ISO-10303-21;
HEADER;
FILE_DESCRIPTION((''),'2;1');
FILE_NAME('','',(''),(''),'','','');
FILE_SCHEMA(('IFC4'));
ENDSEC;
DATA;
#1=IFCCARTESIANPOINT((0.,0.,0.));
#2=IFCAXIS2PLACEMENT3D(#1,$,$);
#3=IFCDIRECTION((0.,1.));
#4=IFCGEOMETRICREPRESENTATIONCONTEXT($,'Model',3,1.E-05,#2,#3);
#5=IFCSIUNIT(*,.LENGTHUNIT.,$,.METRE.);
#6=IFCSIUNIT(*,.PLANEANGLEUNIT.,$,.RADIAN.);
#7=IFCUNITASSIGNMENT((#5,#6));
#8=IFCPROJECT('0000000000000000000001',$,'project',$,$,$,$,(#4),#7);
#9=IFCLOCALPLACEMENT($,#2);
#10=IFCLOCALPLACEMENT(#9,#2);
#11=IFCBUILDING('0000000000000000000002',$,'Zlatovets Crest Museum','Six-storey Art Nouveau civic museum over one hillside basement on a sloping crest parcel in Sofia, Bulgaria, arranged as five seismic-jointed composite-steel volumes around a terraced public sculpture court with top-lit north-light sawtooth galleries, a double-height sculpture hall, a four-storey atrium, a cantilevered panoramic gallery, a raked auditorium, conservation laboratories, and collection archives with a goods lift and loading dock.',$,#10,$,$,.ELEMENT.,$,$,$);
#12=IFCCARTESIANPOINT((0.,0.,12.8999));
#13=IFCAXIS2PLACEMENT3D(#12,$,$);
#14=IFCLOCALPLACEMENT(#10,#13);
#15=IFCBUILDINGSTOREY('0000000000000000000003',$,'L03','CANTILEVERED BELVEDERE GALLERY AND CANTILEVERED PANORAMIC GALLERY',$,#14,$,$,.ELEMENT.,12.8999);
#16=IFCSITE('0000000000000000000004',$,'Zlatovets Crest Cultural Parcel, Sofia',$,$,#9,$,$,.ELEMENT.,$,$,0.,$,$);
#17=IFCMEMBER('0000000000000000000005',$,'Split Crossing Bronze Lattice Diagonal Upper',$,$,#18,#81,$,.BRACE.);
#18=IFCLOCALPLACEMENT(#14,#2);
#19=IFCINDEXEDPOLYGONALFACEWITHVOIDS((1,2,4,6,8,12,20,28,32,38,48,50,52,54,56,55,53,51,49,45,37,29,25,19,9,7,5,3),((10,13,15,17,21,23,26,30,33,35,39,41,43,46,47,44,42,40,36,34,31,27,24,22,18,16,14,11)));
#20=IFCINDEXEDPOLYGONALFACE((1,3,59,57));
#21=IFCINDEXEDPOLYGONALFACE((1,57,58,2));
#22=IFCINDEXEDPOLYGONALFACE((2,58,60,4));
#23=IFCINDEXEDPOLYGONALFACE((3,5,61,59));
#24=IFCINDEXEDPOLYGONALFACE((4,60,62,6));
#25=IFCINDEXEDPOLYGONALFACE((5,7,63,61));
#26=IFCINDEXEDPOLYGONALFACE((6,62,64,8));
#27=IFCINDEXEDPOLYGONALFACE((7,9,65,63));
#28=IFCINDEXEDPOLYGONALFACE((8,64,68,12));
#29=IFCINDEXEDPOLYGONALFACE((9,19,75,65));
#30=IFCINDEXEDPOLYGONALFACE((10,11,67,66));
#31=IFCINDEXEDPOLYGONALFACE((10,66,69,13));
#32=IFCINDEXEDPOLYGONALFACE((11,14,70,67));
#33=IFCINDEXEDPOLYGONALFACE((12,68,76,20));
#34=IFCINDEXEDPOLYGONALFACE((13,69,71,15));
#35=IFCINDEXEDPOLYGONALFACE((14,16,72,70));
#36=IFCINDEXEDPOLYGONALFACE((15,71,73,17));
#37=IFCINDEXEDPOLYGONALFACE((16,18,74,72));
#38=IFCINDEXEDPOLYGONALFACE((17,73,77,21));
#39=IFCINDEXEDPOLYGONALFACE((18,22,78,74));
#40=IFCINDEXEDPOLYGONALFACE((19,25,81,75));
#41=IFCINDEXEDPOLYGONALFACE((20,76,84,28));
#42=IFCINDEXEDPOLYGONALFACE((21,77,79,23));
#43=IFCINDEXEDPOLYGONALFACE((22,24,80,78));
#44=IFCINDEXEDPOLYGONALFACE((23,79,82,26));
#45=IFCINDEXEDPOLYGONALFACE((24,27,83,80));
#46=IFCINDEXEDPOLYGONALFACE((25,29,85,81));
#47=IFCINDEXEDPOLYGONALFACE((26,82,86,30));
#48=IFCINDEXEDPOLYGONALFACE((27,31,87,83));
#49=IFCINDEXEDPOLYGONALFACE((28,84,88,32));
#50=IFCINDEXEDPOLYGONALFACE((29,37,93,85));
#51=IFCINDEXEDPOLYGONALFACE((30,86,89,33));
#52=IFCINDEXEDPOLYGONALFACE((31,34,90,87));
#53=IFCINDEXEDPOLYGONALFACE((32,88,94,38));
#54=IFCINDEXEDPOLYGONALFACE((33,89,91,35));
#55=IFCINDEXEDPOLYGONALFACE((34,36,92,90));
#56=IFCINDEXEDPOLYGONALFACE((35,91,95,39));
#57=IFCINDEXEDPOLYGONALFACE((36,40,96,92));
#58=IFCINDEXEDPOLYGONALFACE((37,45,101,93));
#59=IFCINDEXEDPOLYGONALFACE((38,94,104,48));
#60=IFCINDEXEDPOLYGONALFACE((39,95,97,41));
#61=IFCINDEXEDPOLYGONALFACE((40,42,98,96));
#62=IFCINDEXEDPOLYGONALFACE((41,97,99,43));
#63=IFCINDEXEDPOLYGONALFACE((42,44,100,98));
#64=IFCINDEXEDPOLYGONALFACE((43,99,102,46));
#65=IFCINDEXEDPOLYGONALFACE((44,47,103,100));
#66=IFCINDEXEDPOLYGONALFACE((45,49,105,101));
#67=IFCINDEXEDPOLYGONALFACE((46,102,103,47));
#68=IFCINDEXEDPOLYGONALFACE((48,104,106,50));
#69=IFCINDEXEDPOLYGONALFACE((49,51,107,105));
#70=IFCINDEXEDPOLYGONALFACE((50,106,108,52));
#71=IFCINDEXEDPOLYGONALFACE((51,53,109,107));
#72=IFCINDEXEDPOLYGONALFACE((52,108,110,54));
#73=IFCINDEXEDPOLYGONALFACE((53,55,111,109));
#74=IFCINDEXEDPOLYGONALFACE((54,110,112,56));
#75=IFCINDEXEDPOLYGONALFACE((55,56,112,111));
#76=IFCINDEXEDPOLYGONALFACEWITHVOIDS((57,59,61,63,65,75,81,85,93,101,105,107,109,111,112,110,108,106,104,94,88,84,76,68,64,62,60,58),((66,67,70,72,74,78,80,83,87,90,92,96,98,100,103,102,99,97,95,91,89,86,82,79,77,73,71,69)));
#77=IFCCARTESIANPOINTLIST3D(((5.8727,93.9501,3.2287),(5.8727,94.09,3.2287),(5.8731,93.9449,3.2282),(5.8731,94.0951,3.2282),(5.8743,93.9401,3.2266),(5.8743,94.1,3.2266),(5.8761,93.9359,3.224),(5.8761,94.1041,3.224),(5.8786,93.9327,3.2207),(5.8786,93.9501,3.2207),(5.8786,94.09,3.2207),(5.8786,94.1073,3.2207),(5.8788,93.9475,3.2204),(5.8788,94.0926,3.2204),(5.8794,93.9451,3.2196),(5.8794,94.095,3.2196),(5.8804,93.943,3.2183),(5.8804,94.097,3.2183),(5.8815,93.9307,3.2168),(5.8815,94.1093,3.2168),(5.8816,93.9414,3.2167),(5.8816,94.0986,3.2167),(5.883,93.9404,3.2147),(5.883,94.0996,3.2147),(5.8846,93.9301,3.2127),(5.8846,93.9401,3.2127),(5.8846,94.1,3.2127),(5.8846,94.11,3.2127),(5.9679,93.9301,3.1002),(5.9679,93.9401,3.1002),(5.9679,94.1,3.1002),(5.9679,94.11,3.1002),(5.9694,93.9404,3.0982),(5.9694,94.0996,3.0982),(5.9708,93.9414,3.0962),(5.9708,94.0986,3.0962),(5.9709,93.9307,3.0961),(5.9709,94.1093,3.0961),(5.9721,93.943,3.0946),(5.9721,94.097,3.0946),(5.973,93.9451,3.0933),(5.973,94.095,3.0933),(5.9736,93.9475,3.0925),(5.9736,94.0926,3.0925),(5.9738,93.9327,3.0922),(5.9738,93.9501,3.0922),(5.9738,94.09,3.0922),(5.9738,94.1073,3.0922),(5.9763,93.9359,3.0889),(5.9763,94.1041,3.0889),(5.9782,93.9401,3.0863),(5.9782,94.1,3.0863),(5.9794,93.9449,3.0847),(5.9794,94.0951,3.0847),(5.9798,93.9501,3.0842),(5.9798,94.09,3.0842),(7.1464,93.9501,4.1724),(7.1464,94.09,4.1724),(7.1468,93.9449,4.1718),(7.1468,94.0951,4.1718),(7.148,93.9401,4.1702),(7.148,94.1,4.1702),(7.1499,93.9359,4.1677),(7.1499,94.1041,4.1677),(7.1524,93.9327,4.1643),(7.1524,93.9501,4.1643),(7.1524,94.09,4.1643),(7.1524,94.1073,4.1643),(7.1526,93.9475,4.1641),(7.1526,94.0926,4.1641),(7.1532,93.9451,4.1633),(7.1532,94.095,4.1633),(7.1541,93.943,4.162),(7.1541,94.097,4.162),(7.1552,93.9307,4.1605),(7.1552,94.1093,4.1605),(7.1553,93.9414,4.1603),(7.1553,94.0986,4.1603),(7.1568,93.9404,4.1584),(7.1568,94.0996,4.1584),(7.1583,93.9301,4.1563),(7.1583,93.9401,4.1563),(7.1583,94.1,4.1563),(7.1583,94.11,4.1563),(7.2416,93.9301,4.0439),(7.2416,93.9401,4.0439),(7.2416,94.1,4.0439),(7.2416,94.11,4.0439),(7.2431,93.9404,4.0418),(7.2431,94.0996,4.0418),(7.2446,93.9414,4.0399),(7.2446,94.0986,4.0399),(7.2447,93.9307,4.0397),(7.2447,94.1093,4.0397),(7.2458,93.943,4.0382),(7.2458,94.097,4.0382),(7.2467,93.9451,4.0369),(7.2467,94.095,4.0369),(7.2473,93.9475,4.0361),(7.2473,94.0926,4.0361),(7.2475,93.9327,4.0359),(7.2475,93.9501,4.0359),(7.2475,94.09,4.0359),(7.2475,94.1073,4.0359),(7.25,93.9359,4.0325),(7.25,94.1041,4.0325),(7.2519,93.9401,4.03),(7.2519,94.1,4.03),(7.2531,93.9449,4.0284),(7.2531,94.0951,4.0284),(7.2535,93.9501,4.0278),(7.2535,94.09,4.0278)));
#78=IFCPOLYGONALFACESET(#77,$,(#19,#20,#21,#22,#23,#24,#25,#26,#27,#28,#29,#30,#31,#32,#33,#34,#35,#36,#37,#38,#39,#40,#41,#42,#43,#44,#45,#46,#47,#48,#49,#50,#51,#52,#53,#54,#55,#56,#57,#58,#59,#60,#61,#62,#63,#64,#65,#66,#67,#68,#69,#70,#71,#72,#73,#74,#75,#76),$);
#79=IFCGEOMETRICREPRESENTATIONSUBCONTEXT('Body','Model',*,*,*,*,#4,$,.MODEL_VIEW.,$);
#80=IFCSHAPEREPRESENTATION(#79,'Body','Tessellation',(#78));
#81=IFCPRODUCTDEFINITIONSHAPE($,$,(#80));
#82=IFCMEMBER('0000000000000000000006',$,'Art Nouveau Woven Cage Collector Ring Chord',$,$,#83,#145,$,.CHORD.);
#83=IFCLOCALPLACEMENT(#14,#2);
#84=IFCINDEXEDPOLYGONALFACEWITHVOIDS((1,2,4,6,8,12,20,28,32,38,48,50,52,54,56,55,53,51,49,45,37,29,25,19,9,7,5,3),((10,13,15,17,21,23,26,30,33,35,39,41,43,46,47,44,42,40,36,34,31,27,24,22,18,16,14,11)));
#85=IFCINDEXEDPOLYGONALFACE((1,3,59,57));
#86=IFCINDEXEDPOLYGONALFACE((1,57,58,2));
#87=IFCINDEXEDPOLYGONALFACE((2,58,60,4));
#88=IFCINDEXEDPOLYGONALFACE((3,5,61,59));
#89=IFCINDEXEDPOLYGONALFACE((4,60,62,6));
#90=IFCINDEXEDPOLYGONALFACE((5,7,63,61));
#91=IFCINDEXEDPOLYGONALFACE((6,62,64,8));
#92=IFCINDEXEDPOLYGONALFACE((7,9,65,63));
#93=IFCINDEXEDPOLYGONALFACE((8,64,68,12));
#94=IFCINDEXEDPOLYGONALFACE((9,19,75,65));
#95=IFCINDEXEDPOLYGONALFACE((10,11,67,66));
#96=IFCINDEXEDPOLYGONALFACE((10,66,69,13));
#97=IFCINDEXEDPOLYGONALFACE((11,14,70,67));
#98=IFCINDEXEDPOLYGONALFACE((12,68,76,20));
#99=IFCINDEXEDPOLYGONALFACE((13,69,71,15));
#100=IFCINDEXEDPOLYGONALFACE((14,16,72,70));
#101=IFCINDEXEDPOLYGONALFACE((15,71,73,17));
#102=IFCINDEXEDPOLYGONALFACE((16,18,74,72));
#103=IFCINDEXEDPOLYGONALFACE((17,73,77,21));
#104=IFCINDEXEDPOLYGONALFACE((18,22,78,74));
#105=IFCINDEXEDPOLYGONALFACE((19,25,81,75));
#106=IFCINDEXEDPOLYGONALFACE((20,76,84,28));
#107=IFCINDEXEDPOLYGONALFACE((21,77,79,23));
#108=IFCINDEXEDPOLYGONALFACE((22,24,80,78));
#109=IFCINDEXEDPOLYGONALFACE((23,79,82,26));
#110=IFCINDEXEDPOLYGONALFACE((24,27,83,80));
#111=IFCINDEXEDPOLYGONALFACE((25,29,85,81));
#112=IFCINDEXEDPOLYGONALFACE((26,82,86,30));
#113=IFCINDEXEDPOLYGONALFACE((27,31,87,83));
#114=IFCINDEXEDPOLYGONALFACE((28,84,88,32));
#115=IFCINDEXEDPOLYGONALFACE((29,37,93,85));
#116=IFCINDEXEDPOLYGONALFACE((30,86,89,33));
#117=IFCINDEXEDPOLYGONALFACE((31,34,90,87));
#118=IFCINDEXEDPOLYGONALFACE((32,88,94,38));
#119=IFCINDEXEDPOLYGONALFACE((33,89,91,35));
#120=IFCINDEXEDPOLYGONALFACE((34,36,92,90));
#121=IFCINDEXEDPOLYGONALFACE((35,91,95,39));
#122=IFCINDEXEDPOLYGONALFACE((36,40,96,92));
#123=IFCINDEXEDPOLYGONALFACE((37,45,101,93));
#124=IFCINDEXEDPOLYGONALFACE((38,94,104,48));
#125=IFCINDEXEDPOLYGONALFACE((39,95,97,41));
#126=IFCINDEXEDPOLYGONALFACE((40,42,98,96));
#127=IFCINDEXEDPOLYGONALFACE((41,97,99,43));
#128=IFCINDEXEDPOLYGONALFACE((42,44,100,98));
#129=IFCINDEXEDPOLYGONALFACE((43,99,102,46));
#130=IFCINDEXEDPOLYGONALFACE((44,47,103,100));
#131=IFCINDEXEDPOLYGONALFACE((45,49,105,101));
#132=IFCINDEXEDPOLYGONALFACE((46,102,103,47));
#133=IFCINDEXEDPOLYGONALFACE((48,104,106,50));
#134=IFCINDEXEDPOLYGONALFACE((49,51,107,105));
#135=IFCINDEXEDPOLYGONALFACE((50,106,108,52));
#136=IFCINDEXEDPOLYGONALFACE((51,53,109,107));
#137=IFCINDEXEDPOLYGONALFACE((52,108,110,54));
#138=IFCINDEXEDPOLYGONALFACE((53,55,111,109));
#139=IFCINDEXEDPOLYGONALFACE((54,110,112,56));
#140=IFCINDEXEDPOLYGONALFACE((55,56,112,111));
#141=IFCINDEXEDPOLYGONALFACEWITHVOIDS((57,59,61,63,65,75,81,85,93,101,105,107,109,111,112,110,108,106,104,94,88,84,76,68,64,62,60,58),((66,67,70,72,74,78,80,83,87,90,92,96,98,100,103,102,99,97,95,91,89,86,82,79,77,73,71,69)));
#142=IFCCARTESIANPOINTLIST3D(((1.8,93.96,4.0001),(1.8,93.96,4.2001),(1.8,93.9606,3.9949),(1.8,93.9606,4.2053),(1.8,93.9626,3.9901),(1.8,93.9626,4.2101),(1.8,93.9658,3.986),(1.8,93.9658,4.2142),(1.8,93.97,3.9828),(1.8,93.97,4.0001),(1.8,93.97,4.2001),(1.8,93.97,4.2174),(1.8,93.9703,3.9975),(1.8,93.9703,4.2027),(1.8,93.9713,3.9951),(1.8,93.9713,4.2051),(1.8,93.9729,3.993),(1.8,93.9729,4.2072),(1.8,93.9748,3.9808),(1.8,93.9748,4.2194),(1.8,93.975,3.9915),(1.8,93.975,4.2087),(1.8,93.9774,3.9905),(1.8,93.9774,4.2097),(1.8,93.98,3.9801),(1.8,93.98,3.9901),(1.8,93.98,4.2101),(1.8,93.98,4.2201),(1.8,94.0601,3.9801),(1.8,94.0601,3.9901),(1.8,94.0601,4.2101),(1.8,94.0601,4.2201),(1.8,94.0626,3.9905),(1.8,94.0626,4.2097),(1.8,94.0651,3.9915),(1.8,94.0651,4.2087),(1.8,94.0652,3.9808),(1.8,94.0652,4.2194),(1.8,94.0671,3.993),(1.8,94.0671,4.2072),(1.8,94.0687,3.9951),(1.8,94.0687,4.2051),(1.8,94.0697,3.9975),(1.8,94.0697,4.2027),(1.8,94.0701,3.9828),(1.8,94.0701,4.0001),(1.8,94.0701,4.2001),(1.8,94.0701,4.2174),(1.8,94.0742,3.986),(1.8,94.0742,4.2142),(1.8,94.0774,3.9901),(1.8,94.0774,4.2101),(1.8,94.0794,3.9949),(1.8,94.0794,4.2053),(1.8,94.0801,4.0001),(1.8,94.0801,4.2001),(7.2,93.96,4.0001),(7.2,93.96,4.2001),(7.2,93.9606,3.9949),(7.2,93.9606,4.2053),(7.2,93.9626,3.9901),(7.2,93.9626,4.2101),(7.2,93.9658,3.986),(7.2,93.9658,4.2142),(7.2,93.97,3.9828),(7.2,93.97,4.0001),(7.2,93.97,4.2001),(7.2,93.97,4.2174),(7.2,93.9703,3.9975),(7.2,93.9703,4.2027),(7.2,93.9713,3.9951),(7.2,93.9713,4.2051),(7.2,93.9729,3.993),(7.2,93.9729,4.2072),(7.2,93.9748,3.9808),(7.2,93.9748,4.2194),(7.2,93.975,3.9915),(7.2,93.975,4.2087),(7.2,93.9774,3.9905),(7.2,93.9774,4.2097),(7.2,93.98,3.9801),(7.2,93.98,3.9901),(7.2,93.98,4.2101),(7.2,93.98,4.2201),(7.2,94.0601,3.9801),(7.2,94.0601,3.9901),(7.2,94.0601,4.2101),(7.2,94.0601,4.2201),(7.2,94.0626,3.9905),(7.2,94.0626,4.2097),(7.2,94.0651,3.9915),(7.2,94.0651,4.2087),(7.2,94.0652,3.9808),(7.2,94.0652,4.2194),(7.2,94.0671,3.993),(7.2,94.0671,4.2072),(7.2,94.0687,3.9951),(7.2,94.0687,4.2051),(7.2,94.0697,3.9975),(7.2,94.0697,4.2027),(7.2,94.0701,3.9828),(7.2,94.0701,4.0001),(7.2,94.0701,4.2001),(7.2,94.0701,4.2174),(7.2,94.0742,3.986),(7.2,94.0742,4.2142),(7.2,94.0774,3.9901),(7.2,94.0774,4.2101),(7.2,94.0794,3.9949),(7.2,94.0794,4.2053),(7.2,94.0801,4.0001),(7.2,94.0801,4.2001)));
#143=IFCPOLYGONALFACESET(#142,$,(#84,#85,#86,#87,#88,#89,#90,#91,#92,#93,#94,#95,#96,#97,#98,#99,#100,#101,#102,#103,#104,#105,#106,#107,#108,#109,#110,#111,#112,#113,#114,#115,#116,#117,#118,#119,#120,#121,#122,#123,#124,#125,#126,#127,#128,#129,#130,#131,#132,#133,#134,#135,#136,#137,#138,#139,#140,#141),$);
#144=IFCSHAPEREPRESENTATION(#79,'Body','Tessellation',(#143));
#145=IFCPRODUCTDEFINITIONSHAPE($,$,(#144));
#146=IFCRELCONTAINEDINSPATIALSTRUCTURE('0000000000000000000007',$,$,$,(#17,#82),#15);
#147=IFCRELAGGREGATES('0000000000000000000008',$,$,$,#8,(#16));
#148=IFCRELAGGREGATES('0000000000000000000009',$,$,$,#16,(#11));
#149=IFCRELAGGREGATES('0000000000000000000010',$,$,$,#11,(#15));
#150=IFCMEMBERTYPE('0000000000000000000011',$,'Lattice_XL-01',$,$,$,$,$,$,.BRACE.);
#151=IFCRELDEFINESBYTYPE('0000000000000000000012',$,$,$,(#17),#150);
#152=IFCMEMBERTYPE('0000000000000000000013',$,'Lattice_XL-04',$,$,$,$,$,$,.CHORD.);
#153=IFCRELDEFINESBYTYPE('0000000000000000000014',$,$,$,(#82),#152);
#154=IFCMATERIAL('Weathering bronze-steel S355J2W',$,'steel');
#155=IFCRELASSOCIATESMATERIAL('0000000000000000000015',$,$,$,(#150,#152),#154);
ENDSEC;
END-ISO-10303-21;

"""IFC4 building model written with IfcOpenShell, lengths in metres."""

from ifc_helpers import new_model, si_unit, direction, frame, origin, origin_2d, place, context, subcontext, project, spatial, hollow_rectangle, extrude, material, material_profile, profile_set, type_object, element, save


model = new_model("IFC4")

# Units and contexts
model_context = context("Model", 3, precision=1e-05, world=origin(), true_north=direction((0.0, 1.0)))
body_context = subcontext(model_context, "Body", "Model", "MODEL_VIEW")
ifc_project = project(units=[si_unit("LENGTHUNIT", "METRE"), si_unit("PLANEANGLEUNIT", "RADIAN")], contexts=[model_context])

# Site, building, storey
site_placement = place(None, origin())
site = spatial("IfcSite", under=ifc_project, at=site_placement, Name="Zlatovets Crest Cultural Parcel, Sofia", CompositionType="ELEMENT", RefElevation=0.0)
building_placement = place(site_placement, origin())
building = spatial("IfcBuilding", under=site, at=building_placement, Name="Zlatovets Crest Museum", Description="Six-storey Art Nouveau civic museum over one hillside basement on a sloping crest parcel in Sofia, Bulgaria, arranged as five seismic-jointed composite-steel volumes around a terraced public sculpture court with top-lit north-light sawtooth galleries, a double-height sculpture hall, a four-storey atrium, a cantilevered panoramic gallery, a raked auditorium, conservation laboratories, and collection archives with a goods lift and loading dock.", CompositionType="ELEMENT")
storey_placement = place(building_placement, frame((0.0, 0.0, 12.8999)))
storey = spatial("IfcBuildingStorey", under=building, at=storey_placement, Name="L03", Description="CANTILEVERED BELVEDERE GALLERY AND CANTILEVERED PANORAMIC GALLERY", CompositionType="ELEMENT", Elevation=12.8999)

# Members
ifc_material_1 = material(Name="Weathering bronze-steel S355J2W", Category="steel")
ifc_material_profile_1 = material_profile(ifc_material_1, hollow_rectangle(XDim=0.1799, YDim=0.1799, WallThickness=0.01, InnerFilletRadius=0.01, OuterFilletRadius=0.02, at=origin_2d()), Name="SHS 180x180x10.0")
ifc_profile_set_1 = profile_set([ifc_material_profile_1], Name="Weathering bronze-steel S355J2W")
member_type_1 = type_object("IfcMemberType", Name="Lattice_XL-01", PredefinedType="BRACE", material=ifc_profile_set_1)
member_1_placement = place(storey_placement, frame((7.2, 94.02, 4.1001), z_axis=(-0.803516, 0.0, -0.595283), x_axis=(0.0, -1.0, 0.0)))
element("IfcMember", 1, at=member_1_placement, inside=storey, type_object=member_type_1, Name="Split Crossing Bronze Lattice Diagonal Upper", PredefinedType="BRACE", context=body_context, shape_type="SweptSolid", body=[
    extrude(hollow_rectangle(XDim=0.1799, YDim=0.1799, WallThickness=0.01, InnerFilletRadius=0.01, OuterFilletRadius=0.02, at=origin_2d()), origin(), (0.0, 0.0, 1.0), 1.5852),
])
ifc_material_profile_2 = material_profile(ifc_material_1, hollow_rectangle(XDim=0.1201, YDim=0.24, WallThickness=0.01, InnerFilletRadius=0.01, OuterFilletRadius=0.02, at=origin_2d()), Name="RHS 120x240x10.0")
ifc_profile_set_2 = profile_set([ifc_material_profile_2], Name="Weathering bronze-steel S355J2W")
member_type_2 = type_object("IfcMemberType", Name="Lattice_XL-04", PredefinedType="CHORD", material=ifc_profile_set_2)
member_2_placement = place(storey_placement, frame((7.2, 94.02, 4.1001), z_axis=(-1.0, 0.0, 0.0), x_axis=(0.0, -1.0, 0.0)))
element("IfcMember", 2, at=member_2_placement, inside=storey, type_object=member_type_2, Name="Art Nouveau Woven Cage Collector Ring Chord", PredefinedType="CHORD", context=body_context, shape_type="SweptSolid", body=[
    extrude(hollow_rectangle(XDim=0.1201, YDim=0.24, WallThickness=0.01, InnerFilletRadius=0.01, OuterFilletRadius=0.02, at=origin_2d()), origin(), (0.0, 0.0, 1.0), 5.3999),
])

save(model, "model.ifc")
